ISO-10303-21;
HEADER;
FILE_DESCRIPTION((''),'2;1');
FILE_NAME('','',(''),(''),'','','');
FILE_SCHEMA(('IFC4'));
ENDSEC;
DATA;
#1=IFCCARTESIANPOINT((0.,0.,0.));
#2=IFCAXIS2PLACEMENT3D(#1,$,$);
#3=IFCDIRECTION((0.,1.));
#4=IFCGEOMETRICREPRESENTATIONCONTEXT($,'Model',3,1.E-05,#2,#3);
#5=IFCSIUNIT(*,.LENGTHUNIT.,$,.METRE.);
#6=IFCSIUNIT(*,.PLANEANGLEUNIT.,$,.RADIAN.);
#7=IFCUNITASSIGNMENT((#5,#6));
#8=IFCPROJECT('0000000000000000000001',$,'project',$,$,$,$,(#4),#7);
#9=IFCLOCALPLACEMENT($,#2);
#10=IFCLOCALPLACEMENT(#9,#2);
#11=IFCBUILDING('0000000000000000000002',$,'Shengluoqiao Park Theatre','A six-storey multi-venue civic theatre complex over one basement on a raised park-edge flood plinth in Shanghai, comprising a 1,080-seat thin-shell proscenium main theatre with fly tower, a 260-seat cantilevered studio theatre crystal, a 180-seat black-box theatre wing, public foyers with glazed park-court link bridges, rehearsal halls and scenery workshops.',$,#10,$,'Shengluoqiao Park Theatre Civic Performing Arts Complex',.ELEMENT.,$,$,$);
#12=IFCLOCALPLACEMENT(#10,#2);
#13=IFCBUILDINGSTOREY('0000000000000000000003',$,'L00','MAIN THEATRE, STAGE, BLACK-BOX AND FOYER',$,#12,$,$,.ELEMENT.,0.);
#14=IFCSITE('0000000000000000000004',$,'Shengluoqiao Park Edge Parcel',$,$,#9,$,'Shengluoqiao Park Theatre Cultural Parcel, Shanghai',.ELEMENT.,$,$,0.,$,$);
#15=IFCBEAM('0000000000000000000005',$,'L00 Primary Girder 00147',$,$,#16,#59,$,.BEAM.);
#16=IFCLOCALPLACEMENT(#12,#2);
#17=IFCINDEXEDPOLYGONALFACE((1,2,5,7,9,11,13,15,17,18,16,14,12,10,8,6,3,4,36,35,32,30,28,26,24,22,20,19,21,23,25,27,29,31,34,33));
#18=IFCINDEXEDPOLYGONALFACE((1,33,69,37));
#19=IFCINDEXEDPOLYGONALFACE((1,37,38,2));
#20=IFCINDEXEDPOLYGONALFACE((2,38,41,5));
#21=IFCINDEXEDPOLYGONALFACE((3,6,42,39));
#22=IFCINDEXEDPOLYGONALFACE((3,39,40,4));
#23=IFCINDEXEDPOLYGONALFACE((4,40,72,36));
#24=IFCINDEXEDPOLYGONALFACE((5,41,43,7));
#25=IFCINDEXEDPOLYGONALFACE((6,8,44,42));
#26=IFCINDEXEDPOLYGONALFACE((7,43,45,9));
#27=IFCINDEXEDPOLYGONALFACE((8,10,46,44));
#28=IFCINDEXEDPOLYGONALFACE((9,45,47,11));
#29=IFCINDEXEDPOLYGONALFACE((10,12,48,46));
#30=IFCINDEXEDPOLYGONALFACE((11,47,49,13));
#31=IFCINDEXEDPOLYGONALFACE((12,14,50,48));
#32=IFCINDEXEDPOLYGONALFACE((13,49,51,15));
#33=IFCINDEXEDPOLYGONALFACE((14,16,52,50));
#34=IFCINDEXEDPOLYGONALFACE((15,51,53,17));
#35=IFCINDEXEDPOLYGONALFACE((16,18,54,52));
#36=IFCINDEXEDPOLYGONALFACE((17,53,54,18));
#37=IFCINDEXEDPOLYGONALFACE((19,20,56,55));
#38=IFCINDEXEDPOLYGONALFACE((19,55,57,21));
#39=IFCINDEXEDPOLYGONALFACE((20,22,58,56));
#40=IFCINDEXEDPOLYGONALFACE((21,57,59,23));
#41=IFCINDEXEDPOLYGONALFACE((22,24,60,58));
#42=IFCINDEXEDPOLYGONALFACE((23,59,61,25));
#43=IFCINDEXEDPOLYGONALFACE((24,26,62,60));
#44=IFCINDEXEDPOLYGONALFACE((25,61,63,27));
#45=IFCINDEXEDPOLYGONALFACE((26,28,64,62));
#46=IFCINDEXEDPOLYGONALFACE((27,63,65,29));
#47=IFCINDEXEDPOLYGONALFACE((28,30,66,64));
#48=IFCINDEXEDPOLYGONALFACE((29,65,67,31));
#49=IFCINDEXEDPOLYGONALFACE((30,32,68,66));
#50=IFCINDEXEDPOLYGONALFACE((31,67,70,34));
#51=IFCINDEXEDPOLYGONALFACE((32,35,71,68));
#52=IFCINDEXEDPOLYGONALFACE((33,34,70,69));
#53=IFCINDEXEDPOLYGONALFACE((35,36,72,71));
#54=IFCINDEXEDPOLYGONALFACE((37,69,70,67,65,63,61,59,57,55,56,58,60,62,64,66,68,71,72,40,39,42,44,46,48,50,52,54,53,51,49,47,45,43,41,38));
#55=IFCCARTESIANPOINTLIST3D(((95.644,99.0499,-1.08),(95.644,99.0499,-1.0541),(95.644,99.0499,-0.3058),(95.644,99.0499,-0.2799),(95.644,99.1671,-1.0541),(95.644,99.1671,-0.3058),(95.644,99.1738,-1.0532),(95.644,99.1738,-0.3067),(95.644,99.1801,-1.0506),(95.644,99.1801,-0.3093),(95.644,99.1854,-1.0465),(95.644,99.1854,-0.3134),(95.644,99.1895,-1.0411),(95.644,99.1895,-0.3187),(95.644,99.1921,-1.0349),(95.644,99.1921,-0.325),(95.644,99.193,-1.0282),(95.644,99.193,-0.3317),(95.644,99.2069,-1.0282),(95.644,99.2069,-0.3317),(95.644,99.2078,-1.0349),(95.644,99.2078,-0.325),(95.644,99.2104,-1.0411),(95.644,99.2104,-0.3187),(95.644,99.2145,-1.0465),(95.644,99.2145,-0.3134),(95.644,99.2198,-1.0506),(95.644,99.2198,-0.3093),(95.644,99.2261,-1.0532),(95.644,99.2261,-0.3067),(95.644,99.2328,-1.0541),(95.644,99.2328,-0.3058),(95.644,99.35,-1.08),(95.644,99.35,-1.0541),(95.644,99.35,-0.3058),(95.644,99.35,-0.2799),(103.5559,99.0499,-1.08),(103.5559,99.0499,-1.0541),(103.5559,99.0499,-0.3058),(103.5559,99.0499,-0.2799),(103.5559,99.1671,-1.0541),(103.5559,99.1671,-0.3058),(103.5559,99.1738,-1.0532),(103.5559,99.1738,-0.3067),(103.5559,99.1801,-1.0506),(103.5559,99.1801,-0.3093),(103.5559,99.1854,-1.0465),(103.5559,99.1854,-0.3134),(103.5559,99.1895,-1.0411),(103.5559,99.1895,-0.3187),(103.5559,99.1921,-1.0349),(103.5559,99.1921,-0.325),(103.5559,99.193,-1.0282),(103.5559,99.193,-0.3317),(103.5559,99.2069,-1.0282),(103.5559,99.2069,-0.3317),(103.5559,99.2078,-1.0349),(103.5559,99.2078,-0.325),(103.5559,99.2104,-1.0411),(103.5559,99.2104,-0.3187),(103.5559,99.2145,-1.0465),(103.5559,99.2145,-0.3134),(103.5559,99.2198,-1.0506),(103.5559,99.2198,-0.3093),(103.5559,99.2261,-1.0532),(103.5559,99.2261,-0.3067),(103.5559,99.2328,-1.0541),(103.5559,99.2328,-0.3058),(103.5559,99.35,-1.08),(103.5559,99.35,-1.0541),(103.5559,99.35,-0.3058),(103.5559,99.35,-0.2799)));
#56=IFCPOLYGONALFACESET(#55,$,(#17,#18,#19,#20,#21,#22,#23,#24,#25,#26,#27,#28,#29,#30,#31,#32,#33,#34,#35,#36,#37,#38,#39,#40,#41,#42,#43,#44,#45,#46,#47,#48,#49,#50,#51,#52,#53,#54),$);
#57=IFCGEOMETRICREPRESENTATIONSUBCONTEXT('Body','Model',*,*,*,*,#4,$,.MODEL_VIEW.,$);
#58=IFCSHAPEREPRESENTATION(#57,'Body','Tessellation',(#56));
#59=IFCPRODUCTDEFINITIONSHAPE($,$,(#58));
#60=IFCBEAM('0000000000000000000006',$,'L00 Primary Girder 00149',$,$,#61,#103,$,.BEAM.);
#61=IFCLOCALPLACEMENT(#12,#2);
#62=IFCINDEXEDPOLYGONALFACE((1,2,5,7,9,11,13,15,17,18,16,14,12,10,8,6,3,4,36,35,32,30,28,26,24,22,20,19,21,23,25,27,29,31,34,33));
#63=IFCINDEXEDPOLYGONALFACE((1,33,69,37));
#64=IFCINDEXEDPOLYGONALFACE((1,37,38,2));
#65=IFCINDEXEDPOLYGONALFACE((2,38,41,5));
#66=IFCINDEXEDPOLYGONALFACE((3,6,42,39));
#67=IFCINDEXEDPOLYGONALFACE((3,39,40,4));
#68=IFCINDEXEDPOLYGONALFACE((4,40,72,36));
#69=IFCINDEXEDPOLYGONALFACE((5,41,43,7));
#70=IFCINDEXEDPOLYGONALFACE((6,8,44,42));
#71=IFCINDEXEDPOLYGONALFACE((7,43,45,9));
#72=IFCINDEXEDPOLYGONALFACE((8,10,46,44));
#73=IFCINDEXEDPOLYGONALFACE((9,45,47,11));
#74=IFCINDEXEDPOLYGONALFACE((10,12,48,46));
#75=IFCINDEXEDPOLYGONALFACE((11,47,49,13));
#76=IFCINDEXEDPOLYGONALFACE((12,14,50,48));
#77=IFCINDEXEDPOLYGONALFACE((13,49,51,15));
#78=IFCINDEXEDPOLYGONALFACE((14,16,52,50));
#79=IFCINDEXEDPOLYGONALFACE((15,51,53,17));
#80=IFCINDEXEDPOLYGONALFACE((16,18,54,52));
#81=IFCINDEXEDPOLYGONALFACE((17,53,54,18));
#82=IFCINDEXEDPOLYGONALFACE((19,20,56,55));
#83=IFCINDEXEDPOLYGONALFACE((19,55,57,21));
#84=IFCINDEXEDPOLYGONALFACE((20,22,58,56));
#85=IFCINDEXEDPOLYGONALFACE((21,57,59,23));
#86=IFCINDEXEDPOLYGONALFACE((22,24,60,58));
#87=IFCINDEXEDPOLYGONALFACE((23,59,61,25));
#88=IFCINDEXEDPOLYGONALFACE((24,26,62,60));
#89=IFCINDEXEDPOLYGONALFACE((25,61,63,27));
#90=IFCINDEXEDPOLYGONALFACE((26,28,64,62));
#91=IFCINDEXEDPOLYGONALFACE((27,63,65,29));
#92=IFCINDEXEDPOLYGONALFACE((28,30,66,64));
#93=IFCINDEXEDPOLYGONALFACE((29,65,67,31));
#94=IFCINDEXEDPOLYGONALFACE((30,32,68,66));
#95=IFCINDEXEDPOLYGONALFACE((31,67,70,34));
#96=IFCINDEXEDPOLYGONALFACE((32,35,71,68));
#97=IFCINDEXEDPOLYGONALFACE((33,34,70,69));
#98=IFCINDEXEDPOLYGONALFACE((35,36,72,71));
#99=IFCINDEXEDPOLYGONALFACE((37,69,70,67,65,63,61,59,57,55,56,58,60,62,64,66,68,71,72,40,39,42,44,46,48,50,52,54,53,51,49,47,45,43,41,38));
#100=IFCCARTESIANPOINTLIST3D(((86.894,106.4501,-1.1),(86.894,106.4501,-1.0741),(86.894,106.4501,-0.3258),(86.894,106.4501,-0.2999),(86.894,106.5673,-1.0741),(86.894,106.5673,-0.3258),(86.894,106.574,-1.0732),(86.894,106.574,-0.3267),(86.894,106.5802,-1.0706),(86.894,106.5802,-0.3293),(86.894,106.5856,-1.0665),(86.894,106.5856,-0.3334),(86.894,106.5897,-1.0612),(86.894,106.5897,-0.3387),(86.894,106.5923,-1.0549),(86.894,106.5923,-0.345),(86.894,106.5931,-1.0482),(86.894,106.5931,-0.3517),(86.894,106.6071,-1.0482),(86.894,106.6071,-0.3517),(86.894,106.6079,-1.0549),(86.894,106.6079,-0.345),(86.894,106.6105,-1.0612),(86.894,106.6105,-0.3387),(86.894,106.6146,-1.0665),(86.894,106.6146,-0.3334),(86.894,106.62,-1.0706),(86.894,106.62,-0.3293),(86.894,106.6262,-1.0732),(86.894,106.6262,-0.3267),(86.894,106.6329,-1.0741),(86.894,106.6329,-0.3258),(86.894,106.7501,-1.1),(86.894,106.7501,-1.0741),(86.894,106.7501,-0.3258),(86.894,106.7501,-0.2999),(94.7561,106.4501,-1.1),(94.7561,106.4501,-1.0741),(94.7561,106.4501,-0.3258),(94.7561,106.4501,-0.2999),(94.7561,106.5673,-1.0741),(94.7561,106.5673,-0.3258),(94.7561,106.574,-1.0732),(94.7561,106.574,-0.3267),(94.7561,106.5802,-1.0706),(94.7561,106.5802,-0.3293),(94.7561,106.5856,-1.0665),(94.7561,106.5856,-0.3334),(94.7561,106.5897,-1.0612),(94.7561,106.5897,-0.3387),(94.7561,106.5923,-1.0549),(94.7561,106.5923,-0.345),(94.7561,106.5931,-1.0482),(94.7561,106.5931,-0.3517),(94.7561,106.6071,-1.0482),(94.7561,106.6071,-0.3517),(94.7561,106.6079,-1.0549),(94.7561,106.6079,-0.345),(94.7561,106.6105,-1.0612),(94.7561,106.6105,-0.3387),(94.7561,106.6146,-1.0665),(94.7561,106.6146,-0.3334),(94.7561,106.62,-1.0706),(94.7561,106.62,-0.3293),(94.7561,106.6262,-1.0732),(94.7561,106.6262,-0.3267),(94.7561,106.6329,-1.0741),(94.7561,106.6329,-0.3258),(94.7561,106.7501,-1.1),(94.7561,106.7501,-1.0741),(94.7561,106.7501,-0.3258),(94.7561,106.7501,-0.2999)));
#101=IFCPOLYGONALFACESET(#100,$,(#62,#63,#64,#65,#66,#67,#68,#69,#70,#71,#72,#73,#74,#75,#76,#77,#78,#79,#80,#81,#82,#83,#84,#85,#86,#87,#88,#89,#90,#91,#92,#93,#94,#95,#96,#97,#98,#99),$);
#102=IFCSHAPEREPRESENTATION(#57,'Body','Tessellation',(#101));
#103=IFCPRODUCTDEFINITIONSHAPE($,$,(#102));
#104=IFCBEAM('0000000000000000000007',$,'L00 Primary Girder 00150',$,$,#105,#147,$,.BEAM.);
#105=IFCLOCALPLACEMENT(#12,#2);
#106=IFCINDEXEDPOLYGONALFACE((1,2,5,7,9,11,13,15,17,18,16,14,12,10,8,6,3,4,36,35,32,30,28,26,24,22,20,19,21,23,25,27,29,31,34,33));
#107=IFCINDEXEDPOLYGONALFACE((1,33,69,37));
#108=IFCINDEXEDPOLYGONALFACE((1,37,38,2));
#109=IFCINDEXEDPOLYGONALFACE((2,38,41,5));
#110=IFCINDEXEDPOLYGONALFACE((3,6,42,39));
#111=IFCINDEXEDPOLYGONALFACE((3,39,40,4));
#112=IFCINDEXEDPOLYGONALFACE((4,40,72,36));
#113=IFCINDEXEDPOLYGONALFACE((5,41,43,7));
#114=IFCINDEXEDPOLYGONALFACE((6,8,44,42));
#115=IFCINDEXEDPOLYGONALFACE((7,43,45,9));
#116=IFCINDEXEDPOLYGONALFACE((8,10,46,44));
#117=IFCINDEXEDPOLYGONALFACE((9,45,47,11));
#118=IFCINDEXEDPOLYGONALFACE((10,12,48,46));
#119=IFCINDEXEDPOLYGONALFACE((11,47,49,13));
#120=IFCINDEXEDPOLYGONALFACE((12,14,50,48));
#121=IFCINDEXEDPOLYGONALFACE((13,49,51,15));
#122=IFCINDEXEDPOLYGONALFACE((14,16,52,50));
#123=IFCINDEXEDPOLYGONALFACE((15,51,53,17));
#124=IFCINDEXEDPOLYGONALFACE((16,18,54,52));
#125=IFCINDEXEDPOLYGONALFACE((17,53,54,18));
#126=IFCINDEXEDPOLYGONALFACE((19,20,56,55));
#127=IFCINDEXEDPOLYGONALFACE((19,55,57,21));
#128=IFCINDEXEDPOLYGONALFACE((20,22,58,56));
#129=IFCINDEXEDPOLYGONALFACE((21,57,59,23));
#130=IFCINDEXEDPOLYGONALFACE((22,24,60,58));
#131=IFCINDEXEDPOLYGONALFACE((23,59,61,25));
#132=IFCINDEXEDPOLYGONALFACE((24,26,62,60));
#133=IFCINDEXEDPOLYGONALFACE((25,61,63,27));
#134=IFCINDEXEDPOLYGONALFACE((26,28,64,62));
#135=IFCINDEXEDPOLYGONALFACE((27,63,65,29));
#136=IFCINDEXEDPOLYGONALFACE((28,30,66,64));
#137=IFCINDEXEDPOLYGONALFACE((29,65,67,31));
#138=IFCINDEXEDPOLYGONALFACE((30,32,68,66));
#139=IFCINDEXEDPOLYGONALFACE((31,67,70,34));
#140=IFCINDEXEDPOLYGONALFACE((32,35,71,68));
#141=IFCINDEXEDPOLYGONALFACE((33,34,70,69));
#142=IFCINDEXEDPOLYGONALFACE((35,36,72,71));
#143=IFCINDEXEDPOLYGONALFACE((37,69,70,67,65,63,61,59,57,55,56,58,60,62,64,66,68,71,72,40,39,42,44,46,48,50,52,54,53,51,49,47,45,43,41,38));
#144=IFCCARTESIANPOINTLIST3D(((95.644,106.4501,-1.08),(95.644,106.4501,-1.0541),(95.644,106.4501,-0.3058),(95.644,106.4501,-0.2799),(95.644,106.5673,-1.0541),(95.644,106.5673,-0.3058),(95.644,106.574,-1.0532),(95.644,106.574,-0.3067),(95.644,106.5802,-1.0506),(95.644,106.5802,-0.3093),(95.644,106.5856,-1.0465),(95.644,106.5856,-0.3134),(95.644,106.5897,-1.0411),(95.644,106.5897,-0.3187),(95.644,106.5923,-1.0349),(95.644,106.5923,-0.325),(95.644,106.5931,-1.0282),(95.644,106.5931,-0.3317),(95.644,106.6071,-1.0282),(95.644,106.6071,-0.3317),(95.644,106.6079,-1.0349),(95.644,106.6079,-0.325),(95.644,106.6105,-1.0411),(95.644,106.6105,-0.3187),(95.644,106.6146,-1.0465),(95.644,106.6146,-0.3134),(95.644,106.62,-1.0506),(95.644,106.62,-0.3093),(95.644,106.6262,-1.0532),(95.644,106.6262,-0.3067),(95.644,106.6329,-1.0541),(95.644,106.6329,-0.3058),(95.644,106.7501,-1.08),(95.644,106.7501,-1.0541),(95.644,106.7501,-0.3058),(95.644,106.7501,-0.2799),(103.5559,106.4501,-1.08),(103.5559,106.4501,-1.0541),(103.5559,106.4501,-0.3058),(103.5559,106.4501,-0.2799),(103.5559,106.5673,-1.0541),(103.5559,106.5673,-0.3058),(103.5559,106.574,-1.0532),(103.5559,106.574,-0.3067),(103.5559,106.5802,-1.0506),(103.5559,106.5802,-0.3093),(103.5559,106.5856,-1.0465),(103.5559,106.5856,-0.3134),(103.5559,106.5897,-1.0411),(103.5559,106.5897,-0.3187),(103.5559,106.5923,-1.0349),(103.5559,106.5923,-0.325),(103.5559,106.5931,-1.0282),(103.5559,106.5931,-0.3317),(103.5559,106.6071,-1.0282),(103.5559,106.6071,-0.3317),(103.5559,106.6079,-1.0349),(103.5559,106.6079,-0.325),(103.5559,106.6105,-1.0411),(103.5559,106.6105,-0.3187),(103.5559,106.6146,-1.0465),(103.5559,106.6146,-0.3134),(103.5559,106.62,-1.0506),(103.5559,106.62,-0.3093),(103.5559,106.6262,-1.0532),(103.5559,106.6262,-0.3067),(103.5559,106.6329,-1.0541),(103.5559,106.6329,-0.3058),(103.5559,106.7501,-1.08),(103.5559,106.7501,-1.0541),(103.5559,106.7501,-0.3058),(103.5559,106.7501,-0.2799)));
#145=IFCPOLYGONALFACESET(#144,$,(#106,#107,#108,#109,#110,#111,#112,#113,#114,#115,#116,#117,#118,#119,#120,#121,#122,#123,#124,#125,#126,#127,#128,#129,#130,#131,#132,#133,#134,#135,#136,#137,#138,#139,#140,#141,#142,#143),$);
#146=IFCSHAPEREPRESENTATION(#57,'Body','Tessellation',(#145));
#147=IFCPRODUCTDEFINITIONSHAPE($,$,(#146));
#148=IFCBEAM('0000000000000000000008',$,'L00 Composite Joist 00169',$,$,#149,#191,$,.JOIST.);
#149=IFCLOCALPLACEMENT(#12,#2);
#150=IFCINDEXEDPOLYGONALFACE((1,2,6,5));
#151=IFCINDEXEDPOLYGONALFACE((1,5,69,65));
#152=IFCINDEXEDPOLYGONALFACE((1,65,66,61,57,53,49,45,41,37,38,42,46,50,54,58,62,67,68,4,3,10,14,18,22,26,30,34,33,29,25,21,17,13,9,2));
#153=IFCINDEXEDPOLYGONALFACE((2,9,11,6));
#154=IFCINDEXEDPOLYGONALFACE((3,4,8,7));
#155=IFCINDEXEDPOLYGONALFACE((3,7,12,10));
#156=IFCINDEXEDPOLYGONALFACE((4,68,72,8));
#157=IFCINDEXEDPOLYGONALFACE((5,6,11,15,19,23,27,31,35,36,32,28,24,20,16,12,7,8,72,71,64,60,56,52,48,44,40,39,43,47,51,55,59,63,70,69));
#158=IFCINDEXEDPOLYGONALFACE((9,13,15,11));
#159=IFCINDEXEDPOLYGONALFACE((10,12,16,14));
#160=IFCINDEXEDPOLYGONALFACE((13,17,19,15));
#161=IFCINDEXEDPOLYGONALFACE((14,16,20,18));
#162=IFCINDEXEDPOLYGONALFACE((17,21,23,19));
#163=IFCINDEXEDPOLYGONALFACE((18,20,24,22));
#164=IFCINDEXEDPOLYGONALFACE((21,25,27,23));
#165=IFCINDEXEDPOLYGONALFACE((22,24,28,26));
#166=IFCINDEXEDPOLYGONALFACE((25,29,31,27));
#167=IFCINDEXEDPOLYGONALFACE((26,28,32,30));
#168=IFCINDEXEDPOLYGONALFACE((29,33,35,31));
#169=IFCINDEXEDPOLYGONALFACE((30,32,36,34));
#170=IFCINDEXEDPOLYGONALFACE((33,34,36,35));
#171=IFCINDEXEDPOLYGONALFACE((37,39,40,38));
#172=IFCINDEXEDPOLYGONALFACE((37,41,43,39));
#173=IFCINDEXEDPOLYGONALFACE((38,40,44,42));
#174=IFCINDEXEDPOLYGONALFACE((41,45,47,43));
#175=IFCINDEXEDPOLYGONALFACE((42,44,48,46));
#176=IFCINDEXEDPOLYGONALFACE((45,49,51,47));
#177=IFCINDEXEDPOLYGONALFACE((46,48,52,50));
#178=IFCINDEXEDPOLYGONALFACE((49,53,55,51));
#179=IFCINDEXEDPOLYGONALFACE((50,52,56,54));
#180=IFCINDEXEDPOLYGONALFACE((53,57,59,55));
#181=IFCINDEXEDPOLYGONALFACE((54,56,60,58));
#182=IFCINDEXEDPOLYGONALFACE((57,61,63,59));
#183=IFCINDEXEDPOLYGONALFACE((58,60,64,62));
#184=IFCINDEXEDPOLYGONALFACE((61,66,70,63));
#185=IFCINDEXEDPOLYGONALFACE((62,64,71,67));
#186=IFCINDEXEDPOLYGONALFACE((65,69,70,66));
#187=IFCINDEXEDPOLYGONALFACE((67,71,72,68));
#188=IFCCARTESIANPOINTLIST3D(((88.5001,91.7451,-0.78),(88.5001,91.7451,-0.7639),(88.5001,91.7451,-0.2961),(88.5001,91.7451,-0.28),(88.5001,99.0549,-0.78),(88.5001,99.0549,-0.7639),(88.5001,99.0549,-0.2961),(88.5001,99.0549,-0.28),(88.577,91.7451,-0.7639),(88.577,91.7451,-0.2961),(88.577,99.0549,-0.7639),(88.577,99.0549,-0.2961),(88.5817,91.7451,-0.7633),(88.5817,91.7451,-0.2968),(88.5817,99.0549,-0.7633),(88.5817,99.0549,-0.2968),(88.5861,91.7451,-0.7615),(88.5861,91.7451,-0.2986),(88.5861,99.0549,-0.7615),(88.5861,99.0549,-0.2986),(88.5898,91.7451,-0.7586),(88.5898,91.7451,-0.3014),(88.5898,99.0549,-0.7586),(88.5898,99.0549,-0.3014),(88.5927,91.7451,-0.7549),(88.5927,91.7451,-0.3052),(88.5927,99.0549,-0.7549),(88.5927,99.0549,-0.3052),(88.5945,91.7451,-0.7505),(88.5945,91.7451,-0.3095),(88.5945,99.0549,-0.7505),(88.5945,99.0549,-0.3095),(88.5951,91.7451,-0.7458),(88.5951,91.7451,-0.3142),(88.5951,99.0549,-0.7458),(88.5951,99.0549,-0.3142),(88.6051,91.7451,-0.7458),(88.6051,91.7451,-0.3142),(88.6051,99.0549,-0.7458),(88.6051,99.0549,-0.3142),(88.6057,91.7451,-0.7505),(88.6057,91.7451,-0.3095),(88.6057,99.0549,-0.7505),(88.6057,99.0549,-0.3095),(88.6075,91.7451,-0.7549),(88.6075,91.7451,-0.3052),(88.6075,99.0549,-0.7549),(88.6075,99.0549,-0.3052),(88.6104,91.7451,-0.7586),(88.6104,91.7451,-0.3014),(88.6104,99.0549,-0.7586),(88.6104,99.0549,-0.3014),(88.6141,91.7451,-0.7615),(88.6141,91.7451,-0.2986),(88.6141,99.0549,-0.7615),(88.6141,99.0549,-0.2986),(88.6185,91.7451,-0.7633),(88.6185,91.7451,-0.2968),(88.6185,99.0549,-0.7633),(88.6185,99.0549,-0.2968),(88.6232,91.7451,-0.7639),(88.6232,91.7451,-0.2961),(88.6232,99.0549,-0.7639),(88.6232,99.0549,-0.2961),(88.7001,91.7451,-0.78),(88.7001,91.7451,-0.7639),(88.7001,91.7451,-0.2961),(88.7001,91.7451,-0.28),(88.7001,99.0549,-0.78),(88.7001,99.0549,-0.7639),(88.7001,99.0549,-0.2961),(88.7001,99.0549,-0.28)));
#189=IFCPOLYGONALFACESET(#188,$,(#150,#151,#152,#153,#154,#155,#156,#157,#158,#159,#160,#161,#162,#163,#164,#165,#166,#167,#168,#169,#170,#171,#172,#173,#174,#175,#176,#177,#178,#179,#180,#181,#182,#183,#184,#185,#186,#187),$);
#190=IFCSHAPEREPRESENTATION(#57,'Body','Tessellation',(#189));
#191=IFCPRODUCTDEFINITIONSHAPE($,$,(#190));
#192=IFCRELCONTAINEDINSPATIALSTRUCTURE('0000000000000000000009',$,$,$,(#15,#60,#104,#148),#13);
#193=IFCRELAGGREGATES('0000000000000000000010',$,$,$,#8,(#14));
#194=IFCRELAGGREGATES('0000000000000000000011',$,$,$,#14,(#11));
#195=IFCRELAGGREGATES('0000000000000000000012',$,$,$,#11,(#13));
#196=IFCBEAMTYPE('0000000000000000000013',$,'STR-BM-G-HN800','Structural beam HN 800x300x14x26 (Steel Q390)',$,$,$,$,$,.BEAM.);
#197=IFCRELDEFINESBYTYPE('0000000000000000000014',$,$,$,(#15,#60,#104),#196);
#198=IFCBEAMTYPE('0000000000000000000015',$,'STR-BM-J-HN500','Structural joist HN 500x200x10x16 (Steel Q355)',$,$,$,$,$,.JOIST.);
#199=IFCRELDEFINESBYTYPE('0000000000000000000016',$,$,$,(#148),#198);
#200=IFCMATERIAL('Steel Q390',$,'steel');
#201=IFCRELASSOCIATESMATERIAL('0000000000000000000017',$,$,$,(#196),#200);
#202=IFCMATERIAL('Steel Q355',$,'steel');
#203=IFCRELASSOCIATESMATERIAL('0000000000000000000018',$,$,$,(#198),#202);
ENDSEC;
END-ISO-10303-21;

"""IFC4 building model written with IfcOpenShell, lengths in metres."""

from ifc_helpers import new_model, si_unit, direction, frame, origin, origin_2d, place, context, subcontext, project, spatial, i_section, extrude, material, material_profile, profile_set, type_object, element, save


model = new_model("IFC4")

# Units and contexts
model_context = context("Model", 3, precision=1e-05, world=origin(), true_north=direction((0.0, 1.0)))
body_context = subcontext(model_context, "Body", "Model", "MODEL_VIEW")
ifc_project = project(units=[si_unit("LENGTHUNIT", "METRE"), si_unit("PLANEANGLEUNIT", "RADIAN")], contexts=[model_context])

# Site, building, storey
site_placement = place(None, origin())
site = spatial("IfcSite", under=ifc_project, at=site_placement, Name="Shengluoqiao Park Edge Parcel", LongName="Shengluoqiao Park Theatre Cultural Parcel, Shanghai", CompositionType="ELEMENT", RefElevation=0.0)
building_placement = place(site_placement, origin())
building = spatial("IfcBuilding", under=site, at=building_placement, Name="Shengluoqiao Park Theatre", Description="A six-storey multi-venue civic theatre complex over one basement on a raised park-edge flood plinth in Shanghai, comprising a 1,080-seat thin-shell proscenium main theatre with fly tower, a 260-seat cantilevered studio theatre crystal, a 180-seat black-box theatre wing, public foyers with glazed park-court link bridges, rehearsal halls and scenery workshops.", LongName="Shengluoqiao Park Theatre Civic Performing Arts Complex", CompositionType="ELEMENT")
storey_placement = place(building_placement, origin())
storey = spatial("IfcBuildingStorey", under=building, at=storey_placement, Name="L00", Description="MAIN THEATRE, STAGE, BLACK-BOX AND FOYER", CompositionType="ELEMENT", Elevation=0.0)

# Beams
ifc_material_1 = material(Name="Steel Q355", Category="steel")
ifc_material_2 = material(Name="Steel Q390", Category="steel")
ifc_material_profile_1 = material_profile(ifc_material_2, i_section(OverallWidth=0.3, OverallDepth=0.8, WebThickness=0.0139, FlangeThickness=0.0259, FilletRadius=0.0259, at=origin_2d()), Name="HN 800x300x14x26")
ifc_profile_set_1 = profile_set([ifc_material_profile_1], Name="Steel Q390")
beam_type_1 = type_object("IfcBeamType", Name="STR-BM-G-HN800", Description="Structural beam HN 800x300x14x26 (Steel Q390)", PredefinedType="BEAM", material=ifc_profile_set_1)
beam_1_placement = place(storey_placement, frame((95.644, 99.2, -0.6799), z_axis=(1.0, 0.0, 0.0), x_axis=(0.0, 1.0, 0.0)))
element("IfcBeam", 1, at=beam_1_placement, inside=storey, type_object=beam_type_1, Name="L00 Primary Girder 00147", PredefinedType="BEAM", context=body_context, shape_type="SweptSolid", body=[
    extrude(i_section(OverallWidth=0.3, OverallDepth=0.8, WebThickness=0.0139, FlangeThickness=0.0259, FilletRadius=0.0259, at=origin_2d()), origin(), (0.0, 0.0, 1.0), 7.9119),
])
beam_2_placement = place(storey_placement, frame((86.894, 106.6001, -0.7), z_axis=(1.0, 0.0, 0.0), x_axis=(0.0, 1.0, 0.0)))
element("IfcBeam", 2, at=beam_2_placement, inside=storey, type_object=beam_type_1, Name="L00 Primary Girder 00149", PredefinedType="BEAM", context=body_context, shape_type="SweptSolid", body=[
    extrude(i_section(OverallWidth=0.3, OverallDepth=0.8, WebThickness=0.0139, FlangeThickness=0.0259, FilletRadius=0.0259, at=origin_2d()), origin(), (0.0, 0.0, 1.0), 7.8621),
])
beam_3_placement = place(storey_placement, frame((95.644, 106.6001, -0.6799), z_axis=(1.0, 0.0, 0.0), x_axis=(0.0, 1.0, 0.0)))
element("IfcBeam", 3, at=beam_3_placement, inside=storey, type_object=beam_type_1, Name="L00 Primary Girder 00150", PredefinedType="BEAM", context=body_context, shape_type="SweptSolid", body=[
    extrude(i_section(OverallWidth=0.3, OverallDepth=0.8, WebThickness=0.0139, FlangeThickness=0.0259, FilletRadius=0.0259, at=origin_2d()), origin(), (0.0, 0.0, 1.0), 7.9119),
])
ifc_material_profile_2 = material_profile(ifc_material_1, i_section(OverallWidth=0.2, OverallDepth=0.5, WebThickness=0.01, FlangeThickness=0.0161, FilletRadius=0.0181, at=origin_2d()), Name="HN 500x200x10x16")
ifc_profile_set_2 = profile_set([ifc_material_profile_2], Name="Steel Q355")
beam_type_2 = type_object("IfcBeamType", Name="STR-BM-J-HN500", Description="Structural joist HN 500x200x10x16 (Steel Q355)", PredefinedType="JOIST", material=ifc_profile_set_2)
for number, where, z_axis, x_axis, name in (
    (4, (88.6001, 91.7451, -0.53), (0.0, 1.0, 0.0), (-1.0, 0.0, 0.0), "L00 Composite Joist 00169"),
):
    element("IfcBeam", number, at=place(storey_placement, frame(where, z_axis=z_axis, x_axis=x_axis)), inside=storey, type_object=beam_type_2, Name=name, PredefinedType="JOIST", context=body_context, shape_type="SweptSolid", body=[
        extrude(i_section(OverallWidth=0.2, OverallDepth=0.5, WebThickness=0.01, FlangeThickness=0.0161, FilletRadius=0.0181, at=origin_2d()), origin(), (0.0, 0.0, 1.0), 7.3098),
    ])

save(model, "model.ifc")
